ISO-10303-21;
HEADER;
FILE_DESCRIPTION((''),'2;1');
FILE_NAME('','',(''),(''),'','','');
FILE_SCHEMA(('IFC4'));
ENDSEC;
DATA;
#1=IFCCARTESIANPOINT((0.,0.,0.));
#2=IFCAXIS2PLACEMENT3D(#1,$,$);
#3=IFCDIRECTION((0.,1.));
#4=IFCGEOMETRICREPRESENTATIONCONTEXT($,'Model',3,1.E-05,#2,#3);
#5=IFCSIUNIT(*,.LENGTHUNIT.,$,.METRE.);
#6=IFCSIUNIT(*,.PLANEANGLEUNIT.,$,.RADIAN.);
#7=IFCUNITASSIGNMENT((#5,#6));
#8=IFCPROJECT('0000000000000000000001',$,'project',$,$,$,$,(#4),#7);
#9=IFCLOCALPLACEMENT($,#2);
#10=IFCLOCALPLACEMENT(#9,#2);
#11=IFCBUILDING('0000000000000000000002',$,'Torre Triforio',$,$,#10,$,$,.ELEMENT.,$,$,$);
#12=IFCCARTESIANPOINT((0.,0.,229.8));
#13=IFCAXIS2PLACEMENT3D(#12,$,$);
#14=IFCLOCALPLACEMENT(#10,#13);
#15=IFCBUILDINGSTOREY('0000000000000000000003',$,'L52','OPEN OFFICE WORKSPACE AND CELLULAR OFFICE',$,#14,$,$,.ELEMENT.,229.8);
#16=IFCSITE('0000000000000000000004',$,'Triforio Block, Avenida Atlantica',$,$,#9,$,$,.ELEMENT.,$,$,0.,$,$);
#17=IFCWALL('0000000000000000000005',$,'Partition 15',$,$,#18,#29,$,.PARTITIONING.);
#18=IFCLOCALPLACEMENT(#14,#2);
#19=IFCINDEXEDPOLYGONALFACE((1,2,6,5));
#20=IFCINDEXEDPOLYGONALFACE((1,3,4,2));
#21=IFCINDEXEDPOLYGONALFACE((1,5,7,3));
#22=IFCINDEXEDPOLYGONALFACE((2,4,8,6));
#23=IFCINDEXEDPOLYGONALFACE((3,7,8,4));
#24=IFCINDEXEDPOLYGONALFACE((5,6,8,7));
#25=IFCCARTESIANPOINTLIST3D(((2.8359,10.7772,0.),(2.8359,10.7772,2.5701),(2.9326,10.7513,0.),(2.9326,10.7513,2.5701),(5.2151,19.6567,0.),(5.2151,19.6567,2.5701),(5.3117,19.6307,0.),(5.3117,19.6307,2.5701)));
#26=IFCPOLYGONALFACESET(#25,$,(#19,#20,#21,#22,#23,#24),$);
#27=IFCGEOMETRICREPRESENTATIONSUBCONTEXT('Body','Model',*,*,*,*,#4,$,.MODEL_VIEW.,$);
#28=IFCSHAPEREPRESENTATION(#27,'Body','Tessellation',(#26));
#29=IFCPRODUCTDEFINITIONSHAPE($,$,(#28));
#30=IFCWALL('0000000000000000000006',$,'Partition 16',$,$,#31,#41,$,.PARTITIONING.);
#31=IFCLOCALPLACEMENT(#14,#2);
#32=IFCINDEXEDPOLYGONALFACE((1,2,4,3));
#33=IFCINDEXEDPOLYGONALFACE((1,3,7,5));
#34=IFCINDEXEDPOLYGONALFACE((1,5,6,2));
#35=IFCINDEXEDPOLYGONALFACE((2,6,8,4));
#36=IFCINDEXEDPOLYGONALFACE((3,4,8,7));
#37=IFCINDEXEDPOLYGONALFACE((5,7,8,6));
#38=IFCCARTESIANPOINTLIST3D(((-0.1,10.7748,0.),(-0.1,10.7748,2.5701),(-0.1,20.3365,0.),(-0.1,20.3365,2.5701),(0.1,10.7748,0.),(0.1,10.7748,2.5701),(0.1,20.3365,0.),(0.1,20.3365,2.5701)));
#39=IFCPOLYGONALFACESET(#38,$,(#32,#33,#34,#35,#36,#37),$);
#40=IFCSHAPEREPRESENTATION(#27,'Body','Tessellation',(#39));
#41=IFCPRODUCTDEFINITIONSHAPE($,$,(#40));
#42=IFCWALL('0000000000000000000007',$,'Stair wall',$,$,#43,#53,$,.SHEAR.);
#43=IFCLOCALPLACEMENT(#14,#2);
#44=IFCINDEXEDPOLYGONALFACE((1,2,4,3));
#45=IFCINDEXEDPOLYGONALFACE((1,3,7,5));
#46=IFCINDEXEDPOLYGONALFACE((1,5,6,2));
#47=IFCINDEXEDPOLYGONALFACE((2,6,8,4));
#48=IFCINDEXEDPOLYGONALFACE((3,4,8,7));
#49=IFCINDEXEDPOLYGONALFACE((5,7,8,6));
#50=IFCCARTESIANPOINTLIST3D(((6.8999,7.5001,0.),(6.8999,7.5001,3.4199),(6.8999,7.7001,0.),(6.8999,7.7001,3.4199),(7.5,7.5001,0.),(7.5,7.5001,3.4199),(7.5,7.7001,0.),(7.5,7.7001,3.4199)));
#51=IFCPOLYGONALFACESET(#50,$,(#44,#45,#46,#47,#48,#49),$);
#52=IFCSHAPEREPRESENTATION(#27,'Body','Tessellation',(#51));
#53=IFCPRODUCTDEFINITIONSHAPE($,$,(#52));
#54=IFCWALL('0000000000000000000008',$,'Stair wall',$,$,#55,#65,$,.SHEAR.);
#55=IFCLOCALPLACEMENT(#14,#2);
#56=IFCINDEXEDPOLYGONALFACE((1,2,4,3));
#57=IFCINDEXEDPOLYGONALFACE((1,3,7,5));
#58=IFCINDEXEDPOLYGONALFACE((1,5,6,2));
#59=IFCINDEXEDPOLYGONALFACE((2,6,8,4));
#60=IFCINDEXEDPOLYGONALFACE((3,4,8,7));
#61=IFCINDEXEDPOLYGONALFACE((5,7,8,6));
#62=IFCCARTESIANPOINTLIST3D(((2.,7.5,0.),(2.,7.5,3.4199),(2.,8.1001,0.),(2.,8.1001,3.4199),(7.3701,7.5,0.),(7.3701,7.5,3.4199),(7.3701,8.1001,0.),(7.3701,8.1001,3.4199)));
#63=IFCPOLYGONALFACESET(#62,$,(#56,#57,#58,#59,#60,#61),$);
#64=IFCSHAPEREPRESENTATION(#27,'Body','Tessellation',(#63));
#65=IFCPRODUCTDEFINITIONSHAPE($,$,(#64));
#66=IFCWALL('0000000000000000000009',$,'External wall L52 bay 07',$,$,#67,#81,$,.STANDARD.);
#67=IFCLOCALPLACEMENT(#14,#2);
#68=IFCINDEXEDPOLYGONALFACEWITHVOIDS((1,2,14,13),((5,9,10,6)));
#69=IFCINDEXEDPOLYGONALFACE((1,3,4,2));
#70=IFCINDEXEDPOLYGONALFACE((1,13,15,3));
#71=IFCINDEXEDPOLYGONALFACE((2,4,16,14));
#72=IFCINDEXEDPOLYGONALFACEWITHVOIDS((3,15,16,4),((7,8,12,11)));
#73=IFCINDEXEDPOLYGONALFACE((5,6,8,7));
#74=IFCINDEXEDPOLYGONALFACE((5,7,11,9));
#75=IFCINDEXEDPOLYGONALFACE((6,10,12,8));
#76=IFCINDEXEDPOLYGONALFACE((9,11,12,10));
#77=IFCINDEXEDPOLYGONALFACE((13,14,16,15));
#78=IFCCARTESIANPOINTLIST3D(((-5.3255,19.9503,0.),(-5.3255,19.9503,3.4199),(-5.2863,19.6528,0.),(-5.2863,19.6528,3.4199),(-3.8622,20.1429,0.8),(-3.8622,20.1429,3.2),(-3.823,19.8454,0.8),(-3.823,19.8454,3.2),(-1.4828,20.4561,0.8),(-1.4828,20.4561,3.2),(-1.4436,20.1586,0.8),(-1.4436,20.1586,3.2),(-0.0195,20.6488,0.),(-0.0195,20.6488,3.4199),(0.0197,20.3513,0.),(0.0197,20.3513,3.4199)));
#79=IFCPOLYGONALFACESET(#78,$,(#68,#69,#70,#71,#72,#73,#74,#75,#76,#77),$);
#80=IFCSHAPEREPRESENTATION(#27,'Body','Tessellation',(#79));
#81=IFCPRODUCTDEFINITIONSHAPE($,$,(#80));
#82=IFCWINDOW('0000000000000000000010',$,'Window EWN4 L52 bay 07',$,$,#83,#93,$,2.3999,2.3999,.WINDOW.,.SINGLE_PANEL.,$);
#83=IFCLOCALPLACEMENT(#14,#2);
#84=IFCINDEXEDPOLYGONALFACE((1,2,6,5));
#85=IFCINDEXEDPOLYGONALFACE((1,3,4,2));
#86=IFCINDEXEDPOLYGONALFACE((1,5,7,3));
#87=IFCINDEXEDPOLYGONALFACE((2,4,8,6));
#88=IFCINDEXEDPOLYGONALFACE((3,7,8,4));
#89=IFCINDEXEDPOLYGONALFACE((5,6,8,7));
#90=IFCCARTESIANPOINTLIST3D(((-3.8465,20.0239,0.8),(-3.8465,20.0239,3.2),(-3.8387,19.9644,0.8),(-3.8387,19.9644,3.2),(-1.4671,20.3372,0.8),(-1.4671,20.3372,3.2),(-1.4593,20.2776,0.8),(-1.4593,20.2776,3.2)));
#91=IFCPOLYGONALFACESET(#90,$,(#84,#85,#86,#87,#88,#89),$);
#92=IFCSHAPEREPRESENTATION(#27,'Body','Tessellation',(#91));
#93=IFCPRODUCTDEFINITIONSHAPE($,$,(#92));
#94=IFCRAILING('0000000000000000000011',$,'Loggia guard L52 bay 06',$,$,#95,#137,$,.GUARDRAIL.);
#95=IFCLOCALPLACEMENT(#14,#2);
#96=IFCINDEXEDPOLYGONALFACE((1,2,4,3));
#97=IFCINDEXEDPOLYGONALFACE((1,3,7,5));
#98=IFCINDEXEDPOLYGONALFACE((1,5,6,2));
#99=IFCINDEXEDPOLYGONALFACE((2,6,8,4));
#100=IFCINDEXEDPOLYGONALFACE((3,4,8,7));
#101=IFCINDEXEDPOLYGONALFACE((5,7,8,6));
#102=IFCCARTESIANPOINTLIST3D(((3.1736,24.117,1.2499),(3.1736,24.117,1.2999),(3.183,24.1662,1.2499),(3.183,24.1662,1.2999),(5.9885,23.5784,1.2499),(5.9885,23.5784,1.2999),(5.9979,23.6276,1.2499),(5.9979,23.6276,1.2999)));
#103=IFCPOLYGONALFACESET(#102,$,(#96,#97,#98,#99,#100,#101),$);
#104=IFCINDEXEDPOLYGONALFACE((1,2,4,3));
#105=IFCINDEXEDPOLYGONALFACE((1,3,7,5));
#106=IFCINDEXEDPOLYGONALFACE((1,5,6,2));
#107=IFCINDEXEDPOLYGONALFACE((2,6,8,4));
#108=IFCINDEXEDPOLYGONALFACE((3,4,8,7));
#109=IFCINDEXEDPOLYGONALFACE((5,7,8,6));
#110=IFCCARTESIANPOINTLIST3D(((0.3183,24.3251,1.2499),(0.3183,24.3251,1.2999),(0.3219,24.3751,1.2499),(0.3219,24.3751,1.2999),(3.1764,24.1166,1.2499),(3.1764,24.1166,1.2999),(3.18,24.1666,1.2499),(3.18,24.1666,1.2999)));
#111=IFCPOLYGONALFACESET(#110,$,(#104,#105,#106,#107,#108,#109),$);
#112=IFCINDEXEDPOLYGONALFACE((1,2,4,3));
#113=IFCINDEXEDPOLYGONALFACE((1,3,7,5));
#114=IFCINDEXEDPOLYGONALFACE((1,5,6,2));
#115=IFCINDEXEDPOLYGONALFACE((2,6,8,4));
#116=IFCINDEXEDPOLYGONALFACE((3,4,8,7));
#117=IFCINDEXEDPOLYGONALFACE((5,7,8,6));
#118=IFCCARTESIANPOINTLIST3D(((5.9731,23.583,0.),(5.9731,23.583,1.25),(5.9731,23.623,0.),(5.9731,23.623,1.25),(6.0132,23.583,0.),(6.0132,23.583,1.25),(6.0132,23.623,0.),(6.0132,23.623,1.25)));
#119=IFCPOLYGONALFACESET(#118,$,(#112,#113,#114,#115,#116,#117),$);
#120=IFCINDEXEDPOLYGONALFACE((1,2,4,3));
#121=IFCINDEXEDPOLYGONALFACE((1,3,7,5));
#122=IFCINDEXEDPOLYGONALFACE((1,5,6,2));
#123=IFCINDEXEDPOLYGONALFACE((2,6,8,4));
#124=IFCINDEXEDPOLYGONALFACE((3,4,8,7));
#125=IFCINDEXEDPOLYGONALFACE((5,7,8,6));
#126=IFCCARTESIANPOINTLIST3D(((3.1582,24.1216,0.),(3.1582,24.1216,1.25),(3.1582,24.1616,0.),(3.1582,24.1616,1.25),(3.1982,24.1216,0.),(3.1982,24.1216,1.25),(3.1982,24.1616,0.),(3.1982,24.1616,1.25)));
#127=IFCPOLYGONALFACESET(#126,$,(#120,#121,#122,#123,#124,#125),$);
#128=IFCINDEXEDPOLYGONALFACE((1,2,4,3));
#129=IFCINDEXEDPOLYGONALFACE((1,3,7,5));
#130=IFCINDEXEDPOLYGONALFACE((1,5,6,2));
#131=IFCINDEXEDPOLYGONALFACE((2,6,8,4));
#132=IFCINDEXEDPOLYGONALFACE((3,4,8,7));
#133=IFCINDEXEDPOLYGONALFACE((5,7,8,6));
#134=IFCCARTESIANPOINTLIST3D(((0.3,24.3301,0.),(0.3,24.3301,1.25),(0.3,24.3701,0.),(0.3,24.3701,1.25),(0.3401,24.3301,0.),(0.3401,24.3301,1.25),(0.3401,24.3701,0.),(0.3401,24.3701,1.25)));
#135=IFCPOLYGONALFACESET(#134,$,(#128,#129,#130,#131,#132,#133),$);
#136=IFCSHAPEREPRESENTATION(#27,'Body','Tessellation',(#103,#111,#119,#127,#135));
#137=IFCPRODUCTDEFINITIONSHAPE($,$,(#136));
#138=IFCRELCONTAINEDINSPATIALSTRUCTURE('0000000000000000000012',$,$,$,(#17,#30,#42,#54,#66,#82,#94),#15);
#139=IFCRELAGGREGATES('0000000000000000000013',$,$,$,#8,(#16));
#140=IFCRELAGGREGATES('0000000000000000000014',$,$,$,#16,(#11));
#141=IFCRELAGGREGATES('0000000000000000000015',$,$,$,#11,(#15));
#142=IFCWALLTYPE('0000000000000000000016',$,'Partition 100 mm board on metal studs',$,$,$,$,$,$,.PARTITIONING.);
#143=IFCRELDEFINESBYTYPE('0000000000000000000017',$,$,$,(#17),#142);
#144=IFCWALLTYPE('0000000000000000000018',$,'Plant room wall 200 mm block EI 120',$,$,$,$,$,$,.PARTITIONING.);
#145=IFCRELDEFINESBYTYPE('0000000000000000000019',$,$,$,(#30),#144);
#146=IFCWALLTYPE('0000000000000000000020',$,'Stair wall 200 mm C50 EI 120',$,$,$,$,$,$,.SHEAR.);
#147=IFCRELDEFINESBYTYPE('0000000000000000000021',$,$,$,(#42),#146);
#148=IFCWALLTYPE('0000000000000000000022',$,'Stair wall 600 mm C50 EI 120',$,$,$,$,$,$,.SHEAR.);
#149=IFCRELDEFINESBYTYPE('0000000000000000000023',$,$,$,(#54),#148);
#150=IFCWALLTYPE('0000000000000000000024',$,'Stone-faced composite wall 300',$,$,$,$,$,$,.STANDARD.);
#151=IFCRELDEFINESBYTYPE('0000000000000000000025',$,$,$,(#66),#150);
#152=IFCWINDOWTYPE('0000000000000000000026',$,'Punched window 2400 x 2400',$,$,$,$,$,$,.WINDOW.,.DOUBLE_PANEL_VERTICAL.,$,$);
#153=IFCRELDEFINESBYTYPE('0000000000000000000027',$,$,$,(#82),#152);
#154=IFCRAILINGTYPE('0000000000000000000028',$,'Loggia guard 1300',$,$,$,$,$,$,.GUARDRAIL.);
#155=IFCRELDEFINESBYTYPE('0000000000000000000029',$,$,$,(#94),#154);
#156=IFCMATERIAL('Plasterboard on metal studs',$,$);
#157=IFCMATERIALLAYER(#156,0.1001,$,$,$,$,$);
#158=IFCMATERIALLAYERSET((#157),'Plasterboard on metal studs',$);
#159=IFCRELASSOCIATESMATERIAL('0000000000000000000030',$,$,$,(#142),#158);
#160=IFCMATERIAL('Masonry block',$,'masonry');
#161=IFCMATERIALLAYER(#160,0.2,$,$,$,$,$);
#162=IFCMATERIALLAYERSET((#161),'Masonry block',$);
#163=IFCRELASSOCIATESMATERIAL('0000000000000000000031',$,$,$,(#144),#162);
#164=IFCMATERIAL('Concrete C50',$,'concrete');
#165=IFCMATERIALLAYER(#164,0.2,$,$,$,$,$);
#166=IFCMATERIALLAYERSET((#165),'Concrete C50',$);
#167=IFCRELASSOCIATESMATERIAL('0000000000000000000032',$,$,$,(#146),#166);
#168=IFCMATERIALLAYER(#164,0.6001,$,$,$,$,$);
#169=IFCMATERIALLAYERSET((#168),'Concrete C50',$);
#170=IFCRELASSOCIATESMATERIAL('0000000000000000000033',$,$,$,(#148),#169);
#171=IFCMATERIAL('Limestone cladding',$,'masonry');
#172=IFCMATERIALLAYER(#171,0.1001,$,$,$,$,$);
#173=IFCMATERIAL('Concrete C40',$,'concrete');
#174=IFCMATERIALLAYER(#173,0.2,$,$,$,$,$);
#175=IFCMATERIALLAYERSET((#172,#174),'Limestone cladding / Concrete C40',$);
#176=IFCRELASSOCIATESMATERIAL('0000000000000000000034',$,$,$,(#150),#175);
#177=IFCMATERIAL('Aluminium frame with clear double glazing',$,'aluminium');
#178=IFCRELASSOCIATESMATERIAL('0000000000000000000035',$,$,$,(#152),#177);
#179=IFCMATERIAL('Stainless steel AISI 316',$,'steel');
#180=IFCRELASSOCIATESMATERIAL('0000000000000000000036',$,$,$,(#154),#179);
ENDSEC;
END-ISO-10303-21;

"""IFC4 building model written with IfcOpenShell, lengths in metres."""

from ifc_helpers import new_model, si_unit, direction, frame, frame_2d, origin, origin_2d, place, context, subcontext, project, spatial, rectangle, extrude, material, layer, layer_set, type_object, element, fill, save


model = new_model("IFC4")

# Units and contexts
model_context = context("Model", 3, precision=1e-05, world=origin(), true_north=direction((0.0, 1.0)))
body_context = subcontext(model_context, "Body", "Model", "MODEL_VIEW")
ifc_project = project(units=[si_unit("LENGTHUNIT", "METRE"), si_unit("PLANEANGLEUNIT", "RADIAN")], contexts=[model_context])

# Site, building, storey
site_placement = place(None, origin())
site = spatial("IfcSite", under=ifc_project, at=site_placement, Name="Triforio Block, Avenida Atlantica", CompositionType="ELEMENT", RefElevation=0.0)
building_placement = place(site_placement, origin())
building = spatial("IfcBuilding", under=site, at=building_placement, Name="Torre Triforio", CompositionType="ELEMENT")
storey_placement = place(building_placement, frame((0.0, 0.0, 229.8)))
storey = spatial("IfcBuildingStorey", under=building, at=storey_placement, Name="L52", Description="OPEN OFFICE WORKSPACE AND CELLULAR OFFICE", CompositionType="ELEMENT", Elevation=229.8)

# Shared definitions
ifc_material_1 = material(Name="Concrete C50", Category="concrete")

# Shared definitions
ifc_material_2 = material(Name="Concrete C40", Category="concrete")

# Shared definitions
ifc_material_3 = material(Name="Plasterboard on metal studs")

# Walls
ifc_layer_1 = layer(ifc_material_3, 0.1001)
ifc_layer_set_1 = layer_set([ifc_layer_1], Name="Plasterboard on metal studs")
wall_type_1 = type_object("IfcWallType", Name="Partition 100 mm board on metal studs", PredefinedType="PARTITIONING", material=ifc_layer_set_1)
wall_1_placement = place(storey_placement, frame((2.8843, 10.7644, 0.0), z_axis=(0.0, 0.0, 1.0), x_axis=(0.258811, 0.965928, 0.0)))
element("IfcWall", 1, at=wall_1_placement, inside=storey, type_object=wall_type_1, Name="Partition 15", PredefinedType="PARTITIONING", context=body_context, shape_type="SweptSolid", body=[
    extrude(rectangle(XDim=9.1926, YDim=0.1001, at=frame_2d((4.5962, 0.0))), origin(), (0.0, 0.0, 1.0), 2.5701),
])
ifc_material_4 = material(Name="Masonry block", Category="masonry")
ifc_layer_2 = layer(ifc_material_4, 0.2)
ifc_layer_set_2 = layer_set([ifc_layer_2], Name="Masonry block")
wall_type_2 = type_object("IfcWallType", Name="Plant room wall 200 mm block EI 120", PredefinedType="PARTITIONING", material=ifc_layer_set_2)
wall_2_placement = place(storey_placement, frame((0.0, 10.7749, 0.0), z_axis=(0.0, 0.0, 1.0), x_axis=(0.0, 1.0, 0.0)))
element("IfcWall", 2, at=wall_2_placement, inside=storey, type_object=wall_type_2, Name="Partition 16", PredefinedType="PARTITIONING", context=body_context, shape_type="SweptSolid", body=[
    extrude(rectangle(XDim=9.5618, YDim=0.2, at=frame_2d((4.7808, 0.0))), origin(), (0.0, 0.0, 1.0), 2.5701),
])
ifc_layer_3 = layer(ifc_material_1, 0.2)
ifc_layer_set_3 = layer_set([ifc_layer_3], Name="Concrete C50")
wall_type_3 = type_object("IfcWallType", Name="Stair wall 200 mm C50 EI 120", PredefinedType="SHEAR", material=ifc_layer_set_3)
wall_3_placement = place(storey_placement, frame((6.8999, 7.6001, 0.0), z_axis=(0.0, 0.0, 1.0), x_axis=(1.0, 0.0, 0.0)))
element("IfcWall", 3, at=wall_3_placement, inside=storey, type_object=wall_type_3, Name="Stair wall", PredefinedType="SHEAR", context=body_context, shape_type="SweptSolid", body=[
    extrude(rectangle(XDim=0.6001, YDim=0.2, at=frame_2d((0.3, 0.0))), origin(), (0.0, 0.0, 1.0), 3.4199),
])
ifc_layer_4 = layer(ifc_material_1, 0.6001)
ifc_layer_set_4 = layer_set([ifc_layer_4], Name="Concrete C50")
wall_type_4 = type_object("IfcWallType", Name="Stair wall 600 mm C50 EI 120", PredefinedType="SHEAR", material=ifc_layer_set_4)
wall_4_placement = place(storey_placement, frame((2.0, 7.8, 0.0), z_axis=(0.0, 0.0, 1.0), x_axis=(1.0, 0.0, 0.0)))
element("IfcWall", 4, at=wall_4_placement, inside=storey, type_object=wall_type_4, Name="Stair wall", PredefinedType="SHEAR", context=body_context, shape_type="SweptSolid", body=[
    extrude(rectangle(XDim=5.3701, YDim=0.6001, at=frame_2d((2.6851, 0.0))), origin(), (0.0, 0.0, 1.0), 3.4199),
])

# Shared definitions
ifc_material_5 = material(Name="Limestone cladding", Category="masonry")
ifc_layer_5 = layer(ifc_material_5, 0.1001)
ifc_layer_6 = layer(ifc_material_2, 0.2)
ifc_layer_set_5 = layer_set([ifc_layer_5, ifc_layer_6], Name="Limestone cladding / Concrete C40")
wall_type_5 = type_object("IfcWallType", Name="Stone-faced composite wall 300", PredefinedType="STANDARD", material=ifc_layer_set_5)
ifc_material_6 = material(Name="Aluminium frame with clear double glazing", Category="aluminium")

# Wall, opening, window
wall_5_placement = place(storey_placement, frame((0.0, 20.5, 0.0), z_axis=(0.0, 0.0, 1.0), x_axis=(-0.991446, -0.130517, 0.0)))
wall_5 = element("IfcWall", 5, at=wall_5_placement, inside=storey, type_object=wall_type_5, Name="External wall L52 bay 07", PredefinedType="STANDARD", context=body_context, shape_type="SweptSolid", body=[
    extrude(rectangle(XDim=5.3518, YDim=0.3, at=frame_2d((2.6758, 0.0))), origin(), (0.0, 0.0, 1.0), 3.4199),
])
opening_1_placement = place(wall_5_placement, frame((1.4758, 0.0, 0.8)))
opening_1 = element("IfcOpeningElement", 6, at=opening_1_placement, cuts=wall_5, PredefinedType="OPENING", context=body_context, shape_type="SweptSolid", body=[
    extrude(rectangle(XDim=2.3999, YDim=2.3999, at=frame_2d((1.2, 1.2))), frame((0.0, 0.1599, 0.0), z_axis=(0.0, -1.0, 0.0), x_axis=(1.0, 0.0, 0.0)), (0.0, 0.0, 1.0), 0.3201),
])
window_type_1 = type_object("IfcWindowType", Name="Punched window 2400 x 2400", PartitioningType="DOUBLE_PANEL_VERTICAL", PredefinedType="WINDOW", material=ifc_material_6)
window_1_placement = place(opening_1_placement, origin())
window_1 = element("IfcWindow", 7, at=window_1_placement, inside=storey, type_object=window_type_1, Name="Window EWN4 L52 bay 07", OverallHeight=2.3999, OverallWidth=2.3999, PartitioningType="SINGLE_PANEL", PredefinedType="WINDOW", context=body_context, shape_type="SweptSolid", body=[
    extrude(rectangle(XDim=2.3999, YDim=2.3999, at=frame_2d((1.2, 1.2))), frame((0.0, 0.03, 0.0), z_axis=(0.0, -1.0, 0.0), x_axis=(1.0, 0.0, 0.0)), (0.0, 0.0, 1.0), 0.0601),
])
fill(opening_1, window_1)

# Railing
ifc_material_7 = material(Name="Stainless steel AISI 316", Category="steel")
railing_type = type_object("IfcRailingType", Name="Loggia guard 1300", PredefinedType="GUARDRAIL", material=ifc_material_7)
railing_placement = place(storey_placement, frame((5.9932, 23.603, 0.0)))
element("IfcRailing", 8, at=railing_placement, inside=storey, type_object=railing_type, Name="Loggia guard L52 bay 06", PredefinedType="GUARDRAIL", context=body_context, shape_type="SweptSolid", body=[
    extrude(rectangle(XDim=0.05, YDim=0.05, at=origin_2d()), frame((0.0, 0.0, 1.2749), z_axis=(-0.982185, 0.187918, 0.0), x_axis=(-0.187918, -0.982185, 0.0)), (0.0, 0.0, 1.0), 2.866),
    extrude(rectangle(XDim=0.05, YDim=0.05, at=origin_2d()), frame((-2.8149, 0.5386, 1.2749), z_axis=(-0.99735, 0.072754, 0.0), x_axis=(-0.072754, -0.99735, 0.0)), (0.0, 0.0, 1.0), 2.8657),
    extrude(rectangle(XDim=0.04, YDim=0.04, at=origin_2d()), origin(), (0.0, 0.0, 1.0), 1.25),
    extrude(rectangle(XDim=0.04, YDim=0.04, at=origin_2d()), frame((-2.8149, 0.5386, 0.0)), (0.0, 0.0, 1.0), 1.25),
    extrude(rectangle(XDim=0.04, YDim=0.04, at=origin_2d()), frame((-5.6731, 0.7471, 0.0)), (0.0, 0.0, 1.0), 1.25),
])

save(model, "model.ifc")
